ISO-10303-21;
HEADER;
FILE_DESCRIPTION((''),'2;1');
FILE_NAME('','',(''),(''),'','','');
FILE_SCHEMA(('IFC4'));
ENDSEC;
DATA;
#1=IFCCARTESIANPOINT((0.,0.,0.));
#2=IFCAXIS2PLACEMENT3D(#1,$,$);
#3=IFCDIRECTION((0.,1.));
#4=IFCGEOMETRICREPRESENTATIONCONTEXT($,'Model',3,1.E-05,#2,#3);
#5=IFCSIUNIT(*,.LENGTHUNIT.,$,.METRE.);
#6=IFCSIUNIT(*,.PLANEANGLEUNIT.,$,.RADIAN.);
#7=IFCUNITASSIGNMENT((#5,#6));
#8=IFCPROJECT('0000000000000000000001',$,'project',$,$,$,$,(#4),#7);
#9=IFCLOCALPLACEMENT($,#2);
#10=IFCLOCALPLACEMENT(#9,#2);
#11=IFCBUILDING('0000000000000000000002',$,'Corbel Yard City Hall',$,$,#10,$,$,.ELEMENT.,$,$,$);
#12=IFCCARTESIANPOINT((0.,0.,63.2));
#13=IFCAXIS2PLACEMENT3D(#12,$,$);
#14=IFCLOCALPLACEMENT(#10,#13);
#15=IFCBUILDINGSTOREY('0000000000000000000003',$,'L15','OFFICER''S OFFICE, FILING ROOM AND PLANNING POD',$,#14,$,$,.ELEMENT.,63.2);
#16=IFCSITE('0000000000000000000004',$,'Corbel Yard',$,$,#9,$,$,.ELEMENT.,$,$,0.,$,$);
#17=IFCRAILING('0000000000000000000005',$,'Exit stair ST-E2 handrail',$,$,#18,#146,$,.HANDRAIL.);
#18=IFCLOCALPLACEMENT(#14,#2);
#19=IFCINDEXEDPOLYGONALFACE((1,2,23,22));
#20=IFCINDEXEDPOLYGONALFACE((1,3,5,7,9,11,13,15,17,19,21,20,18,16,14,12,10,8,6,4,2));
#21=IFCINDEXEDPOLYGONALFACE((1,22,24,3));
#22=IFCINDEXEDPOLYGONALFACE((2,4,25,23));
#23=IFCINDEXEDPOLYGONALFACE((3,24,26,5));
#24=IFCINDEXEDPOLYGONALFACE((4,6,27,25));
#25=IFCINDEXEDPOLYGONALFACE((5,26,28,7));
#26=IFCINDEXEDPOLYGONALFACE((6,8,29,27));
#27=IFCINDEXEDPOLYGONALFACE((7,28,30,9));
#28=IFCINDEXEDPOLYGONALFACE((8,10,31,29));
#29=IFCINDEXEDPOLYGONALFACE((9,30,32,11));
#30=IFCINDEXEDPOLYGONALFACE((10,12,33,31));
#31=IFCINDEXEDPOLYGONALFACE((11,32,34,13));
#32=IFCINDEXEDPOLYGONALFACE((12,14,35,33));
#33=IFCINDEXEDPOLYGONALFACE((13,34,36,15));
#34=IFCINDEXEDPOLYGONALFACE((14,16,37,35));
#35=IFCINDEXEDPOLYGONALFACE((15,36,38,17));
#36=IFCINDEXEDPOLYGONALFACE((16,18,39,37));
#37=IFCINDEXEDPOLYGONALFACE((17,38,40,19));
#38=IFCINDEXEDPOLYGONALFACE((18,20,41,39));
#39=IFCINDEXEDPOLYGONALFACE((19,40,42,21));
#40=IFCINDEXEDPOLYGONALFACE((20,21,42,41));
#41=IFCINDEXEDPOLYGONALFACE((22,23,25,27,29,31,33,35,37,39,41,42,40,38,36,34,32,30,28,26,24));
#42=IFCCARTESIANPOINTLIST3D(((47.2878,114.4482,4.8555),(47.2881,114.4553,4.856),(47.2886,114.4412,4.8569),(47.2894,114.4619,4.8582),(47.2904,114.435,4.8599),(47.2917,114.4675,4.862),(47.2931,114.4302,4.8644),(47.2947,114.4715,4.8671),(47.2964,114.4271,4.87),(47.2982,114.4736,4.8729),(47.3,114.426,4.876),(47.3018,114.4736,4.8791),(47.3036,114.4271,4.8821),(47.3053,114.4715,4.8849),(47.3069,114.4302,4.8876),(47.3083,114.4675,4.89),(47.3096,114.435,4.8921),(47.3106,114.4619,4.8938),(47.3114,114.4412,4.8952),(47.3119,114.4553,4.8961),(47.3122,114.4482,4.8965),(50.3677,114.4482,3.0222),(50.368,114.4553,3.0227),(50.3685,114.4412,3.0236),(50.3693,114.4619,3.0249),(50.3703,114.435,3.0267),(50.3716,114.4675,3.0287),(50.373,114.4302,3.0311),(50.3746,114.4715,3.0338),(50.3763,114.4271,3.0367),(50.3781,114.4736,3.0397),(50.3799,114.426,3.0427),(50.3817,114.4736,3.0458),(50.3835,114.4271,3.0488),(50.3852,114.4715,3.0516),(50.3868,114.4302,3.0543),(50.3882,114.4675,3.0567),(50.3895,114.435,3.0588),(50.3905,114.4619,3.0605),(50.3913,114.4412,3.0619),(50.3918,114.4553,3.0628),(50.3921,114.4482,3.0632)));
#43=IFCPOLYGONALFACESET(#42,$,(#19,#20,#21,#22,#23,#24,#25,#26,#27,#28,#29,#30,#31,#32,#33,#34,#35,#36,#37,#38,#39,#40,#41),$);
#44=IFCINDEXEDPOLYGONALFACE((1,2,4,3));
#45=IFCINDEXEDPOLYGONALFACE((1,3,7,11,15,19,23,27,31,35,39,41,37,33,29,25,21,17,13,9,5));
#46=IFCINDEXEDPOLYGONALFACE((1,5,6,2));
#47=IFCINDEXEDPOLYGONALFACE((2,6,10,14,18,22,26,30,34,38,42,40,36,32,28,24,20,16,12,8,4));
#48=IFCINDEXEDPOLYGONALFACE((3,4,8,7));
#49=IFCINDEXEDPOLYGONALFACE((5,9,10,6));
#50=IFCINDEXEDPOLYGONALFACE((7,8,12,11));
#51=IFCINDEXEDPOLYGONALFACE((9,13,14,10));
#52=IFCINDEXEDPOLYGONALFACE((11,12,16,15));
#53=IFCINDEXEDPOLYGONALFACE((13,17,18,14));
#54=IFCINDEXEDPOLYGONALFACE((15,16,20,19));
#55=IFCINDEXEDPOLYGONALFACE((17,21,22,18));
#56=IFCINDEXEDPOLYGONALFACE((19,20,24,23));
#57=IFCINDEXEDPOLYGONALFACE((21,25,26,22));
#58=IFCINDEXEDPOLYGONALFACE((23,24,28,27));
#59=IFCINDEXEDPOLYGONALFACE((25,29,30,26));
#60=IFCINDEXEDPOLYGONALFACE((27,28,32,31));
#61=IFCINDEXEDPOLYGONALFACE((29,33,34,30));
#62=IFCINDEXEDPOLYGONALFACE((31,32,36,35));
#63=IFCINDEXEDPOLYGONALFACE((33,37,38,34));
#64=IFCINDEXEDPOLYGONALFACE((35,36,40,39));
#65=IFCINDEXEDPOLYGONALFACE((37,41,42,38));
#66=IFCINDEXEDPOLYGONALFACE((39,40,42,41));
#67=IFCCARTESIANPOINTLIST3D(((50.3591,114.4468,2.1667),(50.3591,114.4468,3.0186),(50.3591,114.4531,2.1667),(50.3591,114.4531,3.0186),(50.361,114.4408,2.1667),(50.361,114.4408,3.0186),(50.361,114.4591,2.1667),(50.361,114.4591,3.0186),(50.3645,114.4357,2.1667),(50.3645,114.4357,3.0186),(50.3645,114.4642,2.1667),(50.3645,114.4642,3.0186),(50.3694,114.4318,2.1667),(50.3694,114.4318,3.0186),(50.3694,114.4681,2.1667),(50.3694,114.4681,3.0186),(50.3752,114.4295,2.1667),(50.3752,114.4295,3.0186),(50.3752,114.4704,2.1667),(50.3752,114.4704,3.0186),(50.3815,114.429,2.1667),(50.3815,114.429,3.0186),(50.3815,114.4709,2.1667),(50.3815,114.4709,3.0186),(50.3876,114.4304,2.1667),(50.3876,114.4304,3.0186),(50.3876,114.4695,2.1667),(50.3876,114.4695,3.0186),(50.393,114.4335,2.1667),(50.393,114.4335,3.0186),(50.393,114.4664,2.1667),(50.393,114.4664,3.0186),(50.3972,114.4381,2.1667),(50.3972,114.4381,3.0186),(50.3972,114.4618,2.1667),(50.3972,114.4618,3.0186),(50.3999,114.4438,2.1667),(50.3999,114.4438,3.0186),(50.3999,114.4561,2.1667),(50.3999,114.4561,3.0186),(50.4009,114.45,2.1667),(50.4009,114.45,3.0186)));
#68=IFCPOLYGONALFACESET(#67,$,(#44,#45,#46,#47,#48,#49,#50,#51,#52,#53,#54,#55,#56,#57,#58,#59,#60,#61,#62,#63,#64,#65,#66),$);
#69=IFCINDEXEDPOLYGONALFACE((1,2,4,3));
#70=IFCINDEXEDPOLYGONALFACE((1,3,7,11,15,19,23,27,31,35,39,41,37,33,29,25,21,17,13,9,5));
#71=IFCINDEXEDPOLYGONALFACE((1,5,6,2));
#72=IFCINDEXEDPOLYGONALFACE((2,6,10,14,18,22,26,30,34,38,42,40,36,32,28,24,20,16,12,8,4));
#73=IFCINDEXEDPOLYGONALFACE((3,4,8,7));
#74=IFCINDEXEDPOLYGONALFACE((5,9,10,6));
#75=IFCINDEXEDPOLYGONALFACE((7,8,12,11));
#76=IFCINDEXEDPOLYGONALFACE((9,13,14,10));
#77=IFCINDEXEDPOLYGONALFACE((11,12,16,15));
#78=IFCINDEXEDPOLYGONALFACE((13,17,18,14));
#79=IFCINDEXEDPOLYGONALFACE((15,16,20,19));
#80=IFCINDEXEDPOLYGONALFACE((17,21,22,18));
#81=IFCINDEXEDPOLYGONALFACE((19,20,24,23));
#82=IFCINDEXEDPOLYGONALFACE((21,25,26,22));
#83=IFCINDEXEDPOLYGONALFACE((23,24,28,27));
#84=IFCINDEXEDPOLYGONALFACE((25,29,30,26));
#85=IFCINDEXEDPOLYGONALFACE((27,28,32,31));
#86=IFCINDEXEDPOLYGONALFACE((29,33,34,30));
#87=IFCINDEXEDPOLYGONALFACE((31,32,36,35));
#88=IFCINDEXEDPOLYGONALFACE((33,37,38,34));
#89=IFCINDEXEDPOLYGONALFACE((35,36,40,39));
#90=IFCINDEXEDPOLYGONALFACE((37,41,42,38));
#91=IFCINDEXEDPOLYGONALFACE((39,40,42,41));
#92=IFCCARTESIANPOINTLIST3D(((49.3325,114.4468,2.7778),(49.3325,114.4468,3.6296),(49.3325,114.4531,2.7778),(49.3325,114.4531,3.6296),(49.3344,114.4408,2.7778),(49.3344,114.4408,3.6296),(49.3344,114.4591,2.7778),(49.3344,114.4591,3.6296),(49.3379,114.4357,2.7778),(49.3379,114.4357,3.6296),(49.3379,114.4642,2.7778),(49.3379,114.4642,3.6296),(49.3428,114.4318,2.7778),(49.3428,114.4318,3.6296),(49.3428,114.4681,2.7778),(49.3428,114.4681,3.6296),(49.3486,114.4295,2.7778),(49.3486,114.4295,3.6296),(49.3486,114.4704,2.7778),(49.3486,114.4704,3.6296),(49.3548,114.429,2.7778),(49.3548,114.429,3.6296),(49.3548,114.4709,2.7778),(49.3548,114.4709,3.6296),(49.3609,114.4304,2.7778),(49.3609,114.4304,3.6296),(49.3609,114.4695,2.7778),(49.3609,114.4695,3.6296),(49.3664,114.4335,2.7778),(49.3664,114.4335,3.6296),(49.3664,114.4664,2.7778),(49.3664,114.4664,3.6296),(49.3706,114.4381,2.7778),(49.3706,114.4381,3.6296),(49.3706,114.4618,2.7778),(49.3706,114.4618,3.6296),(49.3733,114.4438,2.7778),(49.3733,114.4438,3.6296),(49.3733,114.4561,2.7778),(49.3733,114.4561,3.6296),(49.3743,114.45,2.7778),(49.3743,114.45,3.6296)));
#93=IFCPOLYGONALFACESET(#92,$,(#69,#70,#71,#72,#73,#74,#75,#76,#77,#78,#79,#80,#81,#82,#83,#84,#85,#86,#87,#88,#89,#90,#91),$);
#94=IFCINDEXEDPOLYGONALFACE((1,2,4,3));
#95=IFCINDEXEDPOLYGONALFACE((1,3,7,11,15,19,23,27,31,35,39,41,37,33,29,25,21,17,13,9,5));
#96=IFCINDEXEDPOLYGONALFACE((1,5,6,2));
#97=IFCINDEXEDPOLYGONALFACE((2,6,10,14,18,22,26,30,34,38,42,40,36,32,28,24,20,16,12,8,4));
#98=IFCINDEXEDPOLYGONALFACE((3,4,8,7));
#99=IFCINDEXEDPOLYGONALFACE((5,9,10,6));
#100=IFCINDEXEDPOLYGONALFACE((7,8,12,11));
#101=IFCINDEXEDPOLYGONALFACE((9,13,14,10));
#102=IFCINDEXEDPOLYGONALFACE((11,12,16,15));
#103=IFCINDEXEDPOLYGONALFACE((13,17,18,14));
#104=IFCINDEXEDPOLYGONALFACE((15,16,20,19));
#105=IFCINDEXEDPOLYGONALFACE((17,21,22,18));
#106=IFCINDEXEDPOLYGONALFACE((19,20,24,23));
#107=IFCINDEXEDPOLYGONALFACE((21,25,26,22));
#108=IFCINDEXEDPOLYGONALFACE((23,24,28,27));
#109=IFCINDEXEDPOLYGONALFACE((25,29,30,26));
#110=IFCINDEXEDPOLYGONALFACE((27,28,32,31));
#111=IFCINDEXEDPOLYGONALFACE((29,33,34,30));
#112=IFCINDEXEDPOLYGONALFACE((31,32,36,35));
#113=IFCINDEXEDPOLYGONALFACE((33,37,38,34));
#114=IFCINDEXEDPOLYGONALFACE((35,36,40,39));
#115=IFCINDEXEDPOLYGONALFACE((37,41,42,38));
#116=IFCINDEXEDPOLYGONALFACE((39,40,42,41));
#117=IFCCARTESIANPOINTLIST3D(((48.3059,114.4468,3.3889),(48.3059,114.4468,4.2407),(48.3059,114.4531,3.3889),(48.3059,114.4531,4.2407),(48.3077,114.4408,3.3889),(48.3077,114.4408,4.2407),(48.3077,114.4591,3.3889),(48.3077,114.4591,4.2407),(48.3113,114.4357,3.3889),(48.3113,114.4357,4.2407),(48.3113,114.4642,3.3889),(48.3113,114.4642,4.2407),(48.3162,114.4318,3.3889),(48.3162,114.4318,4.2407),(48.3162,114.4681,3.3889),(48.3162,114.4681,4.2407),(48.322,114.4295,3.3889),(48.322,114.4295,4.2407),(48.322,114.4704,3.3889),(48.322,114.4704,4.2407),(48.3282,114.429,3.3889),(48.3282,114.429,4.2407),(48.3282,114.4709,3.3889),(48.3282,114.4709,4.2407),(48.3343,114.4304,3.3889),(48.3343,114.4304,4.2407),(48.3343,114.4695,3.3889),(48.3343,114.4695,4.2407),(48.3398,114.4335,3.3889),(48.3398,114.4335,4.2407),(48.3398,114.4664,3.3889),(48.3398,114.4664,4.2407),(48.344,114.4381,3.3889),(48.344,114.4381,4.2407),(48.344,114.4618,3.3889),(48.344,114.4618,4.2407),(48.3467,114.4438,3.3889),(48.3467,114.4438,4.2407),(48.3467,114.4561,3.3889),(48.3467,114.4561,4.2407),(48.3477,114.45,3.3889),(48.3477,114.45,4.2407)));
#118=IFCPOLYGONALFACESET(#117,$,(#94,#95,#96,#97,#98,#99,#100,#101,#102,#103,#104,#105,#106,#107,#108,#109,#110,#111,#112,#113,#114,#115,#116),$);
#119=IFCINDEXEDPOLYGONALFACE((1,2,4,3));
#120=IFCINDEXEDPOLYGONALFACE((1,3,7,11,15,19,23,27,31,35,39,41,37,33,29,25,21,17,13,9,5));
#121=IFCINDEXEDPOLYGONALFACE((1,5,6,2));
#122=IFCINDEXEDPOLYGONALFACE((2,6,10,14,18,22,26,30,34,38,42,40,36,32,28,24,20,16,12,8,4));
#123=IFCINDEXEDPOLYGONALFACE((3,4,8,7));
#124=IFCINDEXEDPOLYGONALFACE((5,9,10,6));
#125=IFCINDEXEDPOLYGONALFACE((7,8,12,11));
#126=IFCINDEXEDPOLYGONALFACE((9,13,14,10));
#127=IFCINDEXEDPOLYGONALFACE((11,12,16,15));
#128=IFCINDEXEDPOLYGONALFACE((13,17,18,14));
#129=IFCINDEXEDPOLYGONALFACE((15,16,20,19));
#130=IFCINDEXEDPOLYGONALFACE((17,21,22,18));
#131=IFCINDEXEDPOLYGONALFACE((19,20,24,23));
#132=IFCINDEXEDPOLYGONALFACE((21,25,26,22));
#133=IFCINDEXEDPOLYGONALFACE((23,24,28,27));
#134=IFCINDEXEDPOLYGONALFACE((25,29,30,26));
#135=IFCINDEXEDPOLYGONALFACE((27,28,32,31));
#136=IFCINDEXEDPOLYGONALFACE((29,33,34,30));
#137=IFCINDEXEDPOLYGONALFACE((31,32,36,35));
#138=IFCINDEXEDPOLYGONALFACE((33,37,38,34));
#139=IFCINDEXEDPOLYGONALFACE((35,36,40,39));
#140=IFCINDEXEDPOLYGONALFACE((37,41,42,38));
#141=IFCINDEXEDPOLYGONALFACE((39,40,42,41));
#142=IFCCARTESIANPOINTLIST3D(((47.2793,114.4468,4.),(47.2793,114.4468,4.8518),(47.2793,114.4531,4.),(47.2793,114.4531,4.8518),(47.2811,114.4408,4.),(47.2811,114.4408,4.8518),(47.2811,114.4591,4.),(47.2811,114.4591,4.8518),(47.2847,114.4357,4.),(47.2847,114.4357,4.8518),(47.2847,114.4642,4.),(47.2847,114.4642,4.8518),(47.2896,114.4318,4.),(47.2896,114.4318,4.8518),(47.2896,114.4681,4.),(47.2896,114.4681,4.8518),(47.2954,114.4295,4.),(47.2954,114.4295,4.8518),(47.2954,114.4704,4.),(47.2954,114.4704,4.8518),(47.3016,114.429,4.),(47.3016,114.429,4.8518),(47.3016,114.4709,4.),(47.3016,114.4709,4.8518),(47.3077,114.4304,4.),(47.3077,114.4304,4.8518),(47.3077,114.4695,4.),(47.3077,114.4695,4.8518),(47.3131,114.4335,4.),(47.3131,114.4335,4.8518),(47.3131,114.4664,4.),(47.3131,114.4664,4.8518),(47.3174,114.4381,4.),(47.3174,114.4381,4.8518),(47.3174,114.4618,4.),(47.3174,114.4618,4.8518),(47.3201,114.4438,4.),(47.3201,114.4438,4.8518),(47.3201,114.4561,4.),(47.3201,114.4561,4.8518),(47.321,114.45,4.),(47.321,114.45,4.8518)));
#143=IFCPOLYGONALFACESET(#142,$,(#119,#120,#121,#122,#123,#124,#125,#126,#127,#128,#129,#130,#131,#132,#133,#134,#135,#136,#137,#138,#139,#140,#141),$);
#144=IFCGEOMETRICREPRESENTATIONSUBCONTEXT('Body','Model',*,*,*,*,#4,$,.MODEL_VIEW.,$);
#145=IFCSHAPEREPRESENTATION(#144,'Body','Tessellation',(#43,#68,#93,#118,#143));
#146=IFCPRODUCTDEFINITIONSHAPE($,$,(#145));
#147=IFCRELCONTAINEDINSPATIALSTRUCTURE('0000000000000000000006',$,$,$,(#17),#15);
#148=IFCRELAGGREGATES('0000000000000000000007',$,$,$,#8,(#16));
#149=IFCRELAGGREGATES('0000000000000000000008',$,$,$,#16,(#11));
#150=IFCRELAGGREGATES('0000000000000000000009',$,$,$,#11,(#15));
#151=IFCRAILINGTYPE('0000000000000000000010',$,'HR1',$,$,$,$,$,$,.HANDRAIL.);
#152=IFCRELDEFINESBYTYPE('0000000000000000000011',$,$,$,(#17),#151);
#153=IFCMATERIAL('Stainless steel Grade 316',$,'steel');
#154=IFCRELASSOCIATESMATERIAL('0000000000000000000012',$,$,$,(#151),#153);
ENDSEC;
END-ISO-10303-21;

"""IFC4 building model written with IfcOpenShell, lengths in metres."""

from ifc_helpers import new_model, si_unit, direction, frame, origin, origin_2d, place, context, subcontext, project, spatial, circle, extrude, material, type_object, element, save


model = new_model("IFC4")

# Units and contexts
model_context = context("Model", 3, precision=1e-05, world=origin(), true_north=direction((0.0, 1.0)))
body_context = subcontext(model_context, "Body", "Model", "MODEL_VIEW")
ifc_project = project(units=[si_unit("LENGTHUNIT", "METRE"), si_unit("PLANEANGLEUNIT", "RADIAN")], contexts=[model_context])

# Site, building, storey
site_placement = place(None, origin())
site = spatial("IfcSite", under=ifc_project, at=site_placement, Name="Corbel Yard", CompositionType="ELEMENT", RefElevation=0.0)
building_placement = place(site_placement, origin())
building = spatial("IfcBuilding", under=site, at=building_placement, Name="Corbel Yard City Hall", CompositionType="ELEMENT")
storey_placement = place(building_placement, frame((0.0, 0.0, 63.2)))
storey = spatial("IfcBuildingStorey", under=building, at=storey_placement, Name="L15", Description="OFFICER'S OFFICE, FILING ROOM AND PLANNING POD", CompositionType="ELEMENT", Elevation=63.2)

# Shared definitions
ifc_material_1 = material(Name="Stainless steel Grade 316", Category="steel")

# Railing
railing_type = type_object("IfcRailingType", Name="HR1", PredefinedType="HANDRAIL", material=ifc_material_1)
for number, where, name in (
    (1, (50.3799, 114.45, 2.1667), "Exit stair ST-E2 handrail"),
):
    element("IfcRailing", number, at=place(storey_placement, frame(where)), inside=storey, type_object=railing_type, Name=name, PredefinedType="HANDRAIL", context=body_context, shape_type="SweptSolid", body=[
        extrude(circle(Radius=0.0239, at=origin_2d()), frame((0.0, 0.0, 0.876), z_axis=(-0.859291, 0.0, 0.511487), x_axis=(0.0, -1.0, 0.0)), (0.0, 0.0, 1.0), 3.5842),
        extrude(circle(Radius=0.021, at=origin_2d()), origin(), (0.0, 0.0, 1.0), 0.8518),
        extrude(circle(Radius=0.021, at=origin_2d()), frame((-1.0266, 0.0, 0.6111)), (0.0, 0.0, 1.0), 0.8518),
        extrude(circle(Radius=0.021, at=origin_2d()), frame((-2.0532, 0.0, 1.2222)), (0.0, 0.0, 1.0), 0.8518),
        extrude(circle(Radius=0.021, at=origin_2d()), frame((-3.0798, 0.0, 1.8333)), (0.0, 0.0, 1.0), 0.8518),
    ])

save(model, "model.ifc")
